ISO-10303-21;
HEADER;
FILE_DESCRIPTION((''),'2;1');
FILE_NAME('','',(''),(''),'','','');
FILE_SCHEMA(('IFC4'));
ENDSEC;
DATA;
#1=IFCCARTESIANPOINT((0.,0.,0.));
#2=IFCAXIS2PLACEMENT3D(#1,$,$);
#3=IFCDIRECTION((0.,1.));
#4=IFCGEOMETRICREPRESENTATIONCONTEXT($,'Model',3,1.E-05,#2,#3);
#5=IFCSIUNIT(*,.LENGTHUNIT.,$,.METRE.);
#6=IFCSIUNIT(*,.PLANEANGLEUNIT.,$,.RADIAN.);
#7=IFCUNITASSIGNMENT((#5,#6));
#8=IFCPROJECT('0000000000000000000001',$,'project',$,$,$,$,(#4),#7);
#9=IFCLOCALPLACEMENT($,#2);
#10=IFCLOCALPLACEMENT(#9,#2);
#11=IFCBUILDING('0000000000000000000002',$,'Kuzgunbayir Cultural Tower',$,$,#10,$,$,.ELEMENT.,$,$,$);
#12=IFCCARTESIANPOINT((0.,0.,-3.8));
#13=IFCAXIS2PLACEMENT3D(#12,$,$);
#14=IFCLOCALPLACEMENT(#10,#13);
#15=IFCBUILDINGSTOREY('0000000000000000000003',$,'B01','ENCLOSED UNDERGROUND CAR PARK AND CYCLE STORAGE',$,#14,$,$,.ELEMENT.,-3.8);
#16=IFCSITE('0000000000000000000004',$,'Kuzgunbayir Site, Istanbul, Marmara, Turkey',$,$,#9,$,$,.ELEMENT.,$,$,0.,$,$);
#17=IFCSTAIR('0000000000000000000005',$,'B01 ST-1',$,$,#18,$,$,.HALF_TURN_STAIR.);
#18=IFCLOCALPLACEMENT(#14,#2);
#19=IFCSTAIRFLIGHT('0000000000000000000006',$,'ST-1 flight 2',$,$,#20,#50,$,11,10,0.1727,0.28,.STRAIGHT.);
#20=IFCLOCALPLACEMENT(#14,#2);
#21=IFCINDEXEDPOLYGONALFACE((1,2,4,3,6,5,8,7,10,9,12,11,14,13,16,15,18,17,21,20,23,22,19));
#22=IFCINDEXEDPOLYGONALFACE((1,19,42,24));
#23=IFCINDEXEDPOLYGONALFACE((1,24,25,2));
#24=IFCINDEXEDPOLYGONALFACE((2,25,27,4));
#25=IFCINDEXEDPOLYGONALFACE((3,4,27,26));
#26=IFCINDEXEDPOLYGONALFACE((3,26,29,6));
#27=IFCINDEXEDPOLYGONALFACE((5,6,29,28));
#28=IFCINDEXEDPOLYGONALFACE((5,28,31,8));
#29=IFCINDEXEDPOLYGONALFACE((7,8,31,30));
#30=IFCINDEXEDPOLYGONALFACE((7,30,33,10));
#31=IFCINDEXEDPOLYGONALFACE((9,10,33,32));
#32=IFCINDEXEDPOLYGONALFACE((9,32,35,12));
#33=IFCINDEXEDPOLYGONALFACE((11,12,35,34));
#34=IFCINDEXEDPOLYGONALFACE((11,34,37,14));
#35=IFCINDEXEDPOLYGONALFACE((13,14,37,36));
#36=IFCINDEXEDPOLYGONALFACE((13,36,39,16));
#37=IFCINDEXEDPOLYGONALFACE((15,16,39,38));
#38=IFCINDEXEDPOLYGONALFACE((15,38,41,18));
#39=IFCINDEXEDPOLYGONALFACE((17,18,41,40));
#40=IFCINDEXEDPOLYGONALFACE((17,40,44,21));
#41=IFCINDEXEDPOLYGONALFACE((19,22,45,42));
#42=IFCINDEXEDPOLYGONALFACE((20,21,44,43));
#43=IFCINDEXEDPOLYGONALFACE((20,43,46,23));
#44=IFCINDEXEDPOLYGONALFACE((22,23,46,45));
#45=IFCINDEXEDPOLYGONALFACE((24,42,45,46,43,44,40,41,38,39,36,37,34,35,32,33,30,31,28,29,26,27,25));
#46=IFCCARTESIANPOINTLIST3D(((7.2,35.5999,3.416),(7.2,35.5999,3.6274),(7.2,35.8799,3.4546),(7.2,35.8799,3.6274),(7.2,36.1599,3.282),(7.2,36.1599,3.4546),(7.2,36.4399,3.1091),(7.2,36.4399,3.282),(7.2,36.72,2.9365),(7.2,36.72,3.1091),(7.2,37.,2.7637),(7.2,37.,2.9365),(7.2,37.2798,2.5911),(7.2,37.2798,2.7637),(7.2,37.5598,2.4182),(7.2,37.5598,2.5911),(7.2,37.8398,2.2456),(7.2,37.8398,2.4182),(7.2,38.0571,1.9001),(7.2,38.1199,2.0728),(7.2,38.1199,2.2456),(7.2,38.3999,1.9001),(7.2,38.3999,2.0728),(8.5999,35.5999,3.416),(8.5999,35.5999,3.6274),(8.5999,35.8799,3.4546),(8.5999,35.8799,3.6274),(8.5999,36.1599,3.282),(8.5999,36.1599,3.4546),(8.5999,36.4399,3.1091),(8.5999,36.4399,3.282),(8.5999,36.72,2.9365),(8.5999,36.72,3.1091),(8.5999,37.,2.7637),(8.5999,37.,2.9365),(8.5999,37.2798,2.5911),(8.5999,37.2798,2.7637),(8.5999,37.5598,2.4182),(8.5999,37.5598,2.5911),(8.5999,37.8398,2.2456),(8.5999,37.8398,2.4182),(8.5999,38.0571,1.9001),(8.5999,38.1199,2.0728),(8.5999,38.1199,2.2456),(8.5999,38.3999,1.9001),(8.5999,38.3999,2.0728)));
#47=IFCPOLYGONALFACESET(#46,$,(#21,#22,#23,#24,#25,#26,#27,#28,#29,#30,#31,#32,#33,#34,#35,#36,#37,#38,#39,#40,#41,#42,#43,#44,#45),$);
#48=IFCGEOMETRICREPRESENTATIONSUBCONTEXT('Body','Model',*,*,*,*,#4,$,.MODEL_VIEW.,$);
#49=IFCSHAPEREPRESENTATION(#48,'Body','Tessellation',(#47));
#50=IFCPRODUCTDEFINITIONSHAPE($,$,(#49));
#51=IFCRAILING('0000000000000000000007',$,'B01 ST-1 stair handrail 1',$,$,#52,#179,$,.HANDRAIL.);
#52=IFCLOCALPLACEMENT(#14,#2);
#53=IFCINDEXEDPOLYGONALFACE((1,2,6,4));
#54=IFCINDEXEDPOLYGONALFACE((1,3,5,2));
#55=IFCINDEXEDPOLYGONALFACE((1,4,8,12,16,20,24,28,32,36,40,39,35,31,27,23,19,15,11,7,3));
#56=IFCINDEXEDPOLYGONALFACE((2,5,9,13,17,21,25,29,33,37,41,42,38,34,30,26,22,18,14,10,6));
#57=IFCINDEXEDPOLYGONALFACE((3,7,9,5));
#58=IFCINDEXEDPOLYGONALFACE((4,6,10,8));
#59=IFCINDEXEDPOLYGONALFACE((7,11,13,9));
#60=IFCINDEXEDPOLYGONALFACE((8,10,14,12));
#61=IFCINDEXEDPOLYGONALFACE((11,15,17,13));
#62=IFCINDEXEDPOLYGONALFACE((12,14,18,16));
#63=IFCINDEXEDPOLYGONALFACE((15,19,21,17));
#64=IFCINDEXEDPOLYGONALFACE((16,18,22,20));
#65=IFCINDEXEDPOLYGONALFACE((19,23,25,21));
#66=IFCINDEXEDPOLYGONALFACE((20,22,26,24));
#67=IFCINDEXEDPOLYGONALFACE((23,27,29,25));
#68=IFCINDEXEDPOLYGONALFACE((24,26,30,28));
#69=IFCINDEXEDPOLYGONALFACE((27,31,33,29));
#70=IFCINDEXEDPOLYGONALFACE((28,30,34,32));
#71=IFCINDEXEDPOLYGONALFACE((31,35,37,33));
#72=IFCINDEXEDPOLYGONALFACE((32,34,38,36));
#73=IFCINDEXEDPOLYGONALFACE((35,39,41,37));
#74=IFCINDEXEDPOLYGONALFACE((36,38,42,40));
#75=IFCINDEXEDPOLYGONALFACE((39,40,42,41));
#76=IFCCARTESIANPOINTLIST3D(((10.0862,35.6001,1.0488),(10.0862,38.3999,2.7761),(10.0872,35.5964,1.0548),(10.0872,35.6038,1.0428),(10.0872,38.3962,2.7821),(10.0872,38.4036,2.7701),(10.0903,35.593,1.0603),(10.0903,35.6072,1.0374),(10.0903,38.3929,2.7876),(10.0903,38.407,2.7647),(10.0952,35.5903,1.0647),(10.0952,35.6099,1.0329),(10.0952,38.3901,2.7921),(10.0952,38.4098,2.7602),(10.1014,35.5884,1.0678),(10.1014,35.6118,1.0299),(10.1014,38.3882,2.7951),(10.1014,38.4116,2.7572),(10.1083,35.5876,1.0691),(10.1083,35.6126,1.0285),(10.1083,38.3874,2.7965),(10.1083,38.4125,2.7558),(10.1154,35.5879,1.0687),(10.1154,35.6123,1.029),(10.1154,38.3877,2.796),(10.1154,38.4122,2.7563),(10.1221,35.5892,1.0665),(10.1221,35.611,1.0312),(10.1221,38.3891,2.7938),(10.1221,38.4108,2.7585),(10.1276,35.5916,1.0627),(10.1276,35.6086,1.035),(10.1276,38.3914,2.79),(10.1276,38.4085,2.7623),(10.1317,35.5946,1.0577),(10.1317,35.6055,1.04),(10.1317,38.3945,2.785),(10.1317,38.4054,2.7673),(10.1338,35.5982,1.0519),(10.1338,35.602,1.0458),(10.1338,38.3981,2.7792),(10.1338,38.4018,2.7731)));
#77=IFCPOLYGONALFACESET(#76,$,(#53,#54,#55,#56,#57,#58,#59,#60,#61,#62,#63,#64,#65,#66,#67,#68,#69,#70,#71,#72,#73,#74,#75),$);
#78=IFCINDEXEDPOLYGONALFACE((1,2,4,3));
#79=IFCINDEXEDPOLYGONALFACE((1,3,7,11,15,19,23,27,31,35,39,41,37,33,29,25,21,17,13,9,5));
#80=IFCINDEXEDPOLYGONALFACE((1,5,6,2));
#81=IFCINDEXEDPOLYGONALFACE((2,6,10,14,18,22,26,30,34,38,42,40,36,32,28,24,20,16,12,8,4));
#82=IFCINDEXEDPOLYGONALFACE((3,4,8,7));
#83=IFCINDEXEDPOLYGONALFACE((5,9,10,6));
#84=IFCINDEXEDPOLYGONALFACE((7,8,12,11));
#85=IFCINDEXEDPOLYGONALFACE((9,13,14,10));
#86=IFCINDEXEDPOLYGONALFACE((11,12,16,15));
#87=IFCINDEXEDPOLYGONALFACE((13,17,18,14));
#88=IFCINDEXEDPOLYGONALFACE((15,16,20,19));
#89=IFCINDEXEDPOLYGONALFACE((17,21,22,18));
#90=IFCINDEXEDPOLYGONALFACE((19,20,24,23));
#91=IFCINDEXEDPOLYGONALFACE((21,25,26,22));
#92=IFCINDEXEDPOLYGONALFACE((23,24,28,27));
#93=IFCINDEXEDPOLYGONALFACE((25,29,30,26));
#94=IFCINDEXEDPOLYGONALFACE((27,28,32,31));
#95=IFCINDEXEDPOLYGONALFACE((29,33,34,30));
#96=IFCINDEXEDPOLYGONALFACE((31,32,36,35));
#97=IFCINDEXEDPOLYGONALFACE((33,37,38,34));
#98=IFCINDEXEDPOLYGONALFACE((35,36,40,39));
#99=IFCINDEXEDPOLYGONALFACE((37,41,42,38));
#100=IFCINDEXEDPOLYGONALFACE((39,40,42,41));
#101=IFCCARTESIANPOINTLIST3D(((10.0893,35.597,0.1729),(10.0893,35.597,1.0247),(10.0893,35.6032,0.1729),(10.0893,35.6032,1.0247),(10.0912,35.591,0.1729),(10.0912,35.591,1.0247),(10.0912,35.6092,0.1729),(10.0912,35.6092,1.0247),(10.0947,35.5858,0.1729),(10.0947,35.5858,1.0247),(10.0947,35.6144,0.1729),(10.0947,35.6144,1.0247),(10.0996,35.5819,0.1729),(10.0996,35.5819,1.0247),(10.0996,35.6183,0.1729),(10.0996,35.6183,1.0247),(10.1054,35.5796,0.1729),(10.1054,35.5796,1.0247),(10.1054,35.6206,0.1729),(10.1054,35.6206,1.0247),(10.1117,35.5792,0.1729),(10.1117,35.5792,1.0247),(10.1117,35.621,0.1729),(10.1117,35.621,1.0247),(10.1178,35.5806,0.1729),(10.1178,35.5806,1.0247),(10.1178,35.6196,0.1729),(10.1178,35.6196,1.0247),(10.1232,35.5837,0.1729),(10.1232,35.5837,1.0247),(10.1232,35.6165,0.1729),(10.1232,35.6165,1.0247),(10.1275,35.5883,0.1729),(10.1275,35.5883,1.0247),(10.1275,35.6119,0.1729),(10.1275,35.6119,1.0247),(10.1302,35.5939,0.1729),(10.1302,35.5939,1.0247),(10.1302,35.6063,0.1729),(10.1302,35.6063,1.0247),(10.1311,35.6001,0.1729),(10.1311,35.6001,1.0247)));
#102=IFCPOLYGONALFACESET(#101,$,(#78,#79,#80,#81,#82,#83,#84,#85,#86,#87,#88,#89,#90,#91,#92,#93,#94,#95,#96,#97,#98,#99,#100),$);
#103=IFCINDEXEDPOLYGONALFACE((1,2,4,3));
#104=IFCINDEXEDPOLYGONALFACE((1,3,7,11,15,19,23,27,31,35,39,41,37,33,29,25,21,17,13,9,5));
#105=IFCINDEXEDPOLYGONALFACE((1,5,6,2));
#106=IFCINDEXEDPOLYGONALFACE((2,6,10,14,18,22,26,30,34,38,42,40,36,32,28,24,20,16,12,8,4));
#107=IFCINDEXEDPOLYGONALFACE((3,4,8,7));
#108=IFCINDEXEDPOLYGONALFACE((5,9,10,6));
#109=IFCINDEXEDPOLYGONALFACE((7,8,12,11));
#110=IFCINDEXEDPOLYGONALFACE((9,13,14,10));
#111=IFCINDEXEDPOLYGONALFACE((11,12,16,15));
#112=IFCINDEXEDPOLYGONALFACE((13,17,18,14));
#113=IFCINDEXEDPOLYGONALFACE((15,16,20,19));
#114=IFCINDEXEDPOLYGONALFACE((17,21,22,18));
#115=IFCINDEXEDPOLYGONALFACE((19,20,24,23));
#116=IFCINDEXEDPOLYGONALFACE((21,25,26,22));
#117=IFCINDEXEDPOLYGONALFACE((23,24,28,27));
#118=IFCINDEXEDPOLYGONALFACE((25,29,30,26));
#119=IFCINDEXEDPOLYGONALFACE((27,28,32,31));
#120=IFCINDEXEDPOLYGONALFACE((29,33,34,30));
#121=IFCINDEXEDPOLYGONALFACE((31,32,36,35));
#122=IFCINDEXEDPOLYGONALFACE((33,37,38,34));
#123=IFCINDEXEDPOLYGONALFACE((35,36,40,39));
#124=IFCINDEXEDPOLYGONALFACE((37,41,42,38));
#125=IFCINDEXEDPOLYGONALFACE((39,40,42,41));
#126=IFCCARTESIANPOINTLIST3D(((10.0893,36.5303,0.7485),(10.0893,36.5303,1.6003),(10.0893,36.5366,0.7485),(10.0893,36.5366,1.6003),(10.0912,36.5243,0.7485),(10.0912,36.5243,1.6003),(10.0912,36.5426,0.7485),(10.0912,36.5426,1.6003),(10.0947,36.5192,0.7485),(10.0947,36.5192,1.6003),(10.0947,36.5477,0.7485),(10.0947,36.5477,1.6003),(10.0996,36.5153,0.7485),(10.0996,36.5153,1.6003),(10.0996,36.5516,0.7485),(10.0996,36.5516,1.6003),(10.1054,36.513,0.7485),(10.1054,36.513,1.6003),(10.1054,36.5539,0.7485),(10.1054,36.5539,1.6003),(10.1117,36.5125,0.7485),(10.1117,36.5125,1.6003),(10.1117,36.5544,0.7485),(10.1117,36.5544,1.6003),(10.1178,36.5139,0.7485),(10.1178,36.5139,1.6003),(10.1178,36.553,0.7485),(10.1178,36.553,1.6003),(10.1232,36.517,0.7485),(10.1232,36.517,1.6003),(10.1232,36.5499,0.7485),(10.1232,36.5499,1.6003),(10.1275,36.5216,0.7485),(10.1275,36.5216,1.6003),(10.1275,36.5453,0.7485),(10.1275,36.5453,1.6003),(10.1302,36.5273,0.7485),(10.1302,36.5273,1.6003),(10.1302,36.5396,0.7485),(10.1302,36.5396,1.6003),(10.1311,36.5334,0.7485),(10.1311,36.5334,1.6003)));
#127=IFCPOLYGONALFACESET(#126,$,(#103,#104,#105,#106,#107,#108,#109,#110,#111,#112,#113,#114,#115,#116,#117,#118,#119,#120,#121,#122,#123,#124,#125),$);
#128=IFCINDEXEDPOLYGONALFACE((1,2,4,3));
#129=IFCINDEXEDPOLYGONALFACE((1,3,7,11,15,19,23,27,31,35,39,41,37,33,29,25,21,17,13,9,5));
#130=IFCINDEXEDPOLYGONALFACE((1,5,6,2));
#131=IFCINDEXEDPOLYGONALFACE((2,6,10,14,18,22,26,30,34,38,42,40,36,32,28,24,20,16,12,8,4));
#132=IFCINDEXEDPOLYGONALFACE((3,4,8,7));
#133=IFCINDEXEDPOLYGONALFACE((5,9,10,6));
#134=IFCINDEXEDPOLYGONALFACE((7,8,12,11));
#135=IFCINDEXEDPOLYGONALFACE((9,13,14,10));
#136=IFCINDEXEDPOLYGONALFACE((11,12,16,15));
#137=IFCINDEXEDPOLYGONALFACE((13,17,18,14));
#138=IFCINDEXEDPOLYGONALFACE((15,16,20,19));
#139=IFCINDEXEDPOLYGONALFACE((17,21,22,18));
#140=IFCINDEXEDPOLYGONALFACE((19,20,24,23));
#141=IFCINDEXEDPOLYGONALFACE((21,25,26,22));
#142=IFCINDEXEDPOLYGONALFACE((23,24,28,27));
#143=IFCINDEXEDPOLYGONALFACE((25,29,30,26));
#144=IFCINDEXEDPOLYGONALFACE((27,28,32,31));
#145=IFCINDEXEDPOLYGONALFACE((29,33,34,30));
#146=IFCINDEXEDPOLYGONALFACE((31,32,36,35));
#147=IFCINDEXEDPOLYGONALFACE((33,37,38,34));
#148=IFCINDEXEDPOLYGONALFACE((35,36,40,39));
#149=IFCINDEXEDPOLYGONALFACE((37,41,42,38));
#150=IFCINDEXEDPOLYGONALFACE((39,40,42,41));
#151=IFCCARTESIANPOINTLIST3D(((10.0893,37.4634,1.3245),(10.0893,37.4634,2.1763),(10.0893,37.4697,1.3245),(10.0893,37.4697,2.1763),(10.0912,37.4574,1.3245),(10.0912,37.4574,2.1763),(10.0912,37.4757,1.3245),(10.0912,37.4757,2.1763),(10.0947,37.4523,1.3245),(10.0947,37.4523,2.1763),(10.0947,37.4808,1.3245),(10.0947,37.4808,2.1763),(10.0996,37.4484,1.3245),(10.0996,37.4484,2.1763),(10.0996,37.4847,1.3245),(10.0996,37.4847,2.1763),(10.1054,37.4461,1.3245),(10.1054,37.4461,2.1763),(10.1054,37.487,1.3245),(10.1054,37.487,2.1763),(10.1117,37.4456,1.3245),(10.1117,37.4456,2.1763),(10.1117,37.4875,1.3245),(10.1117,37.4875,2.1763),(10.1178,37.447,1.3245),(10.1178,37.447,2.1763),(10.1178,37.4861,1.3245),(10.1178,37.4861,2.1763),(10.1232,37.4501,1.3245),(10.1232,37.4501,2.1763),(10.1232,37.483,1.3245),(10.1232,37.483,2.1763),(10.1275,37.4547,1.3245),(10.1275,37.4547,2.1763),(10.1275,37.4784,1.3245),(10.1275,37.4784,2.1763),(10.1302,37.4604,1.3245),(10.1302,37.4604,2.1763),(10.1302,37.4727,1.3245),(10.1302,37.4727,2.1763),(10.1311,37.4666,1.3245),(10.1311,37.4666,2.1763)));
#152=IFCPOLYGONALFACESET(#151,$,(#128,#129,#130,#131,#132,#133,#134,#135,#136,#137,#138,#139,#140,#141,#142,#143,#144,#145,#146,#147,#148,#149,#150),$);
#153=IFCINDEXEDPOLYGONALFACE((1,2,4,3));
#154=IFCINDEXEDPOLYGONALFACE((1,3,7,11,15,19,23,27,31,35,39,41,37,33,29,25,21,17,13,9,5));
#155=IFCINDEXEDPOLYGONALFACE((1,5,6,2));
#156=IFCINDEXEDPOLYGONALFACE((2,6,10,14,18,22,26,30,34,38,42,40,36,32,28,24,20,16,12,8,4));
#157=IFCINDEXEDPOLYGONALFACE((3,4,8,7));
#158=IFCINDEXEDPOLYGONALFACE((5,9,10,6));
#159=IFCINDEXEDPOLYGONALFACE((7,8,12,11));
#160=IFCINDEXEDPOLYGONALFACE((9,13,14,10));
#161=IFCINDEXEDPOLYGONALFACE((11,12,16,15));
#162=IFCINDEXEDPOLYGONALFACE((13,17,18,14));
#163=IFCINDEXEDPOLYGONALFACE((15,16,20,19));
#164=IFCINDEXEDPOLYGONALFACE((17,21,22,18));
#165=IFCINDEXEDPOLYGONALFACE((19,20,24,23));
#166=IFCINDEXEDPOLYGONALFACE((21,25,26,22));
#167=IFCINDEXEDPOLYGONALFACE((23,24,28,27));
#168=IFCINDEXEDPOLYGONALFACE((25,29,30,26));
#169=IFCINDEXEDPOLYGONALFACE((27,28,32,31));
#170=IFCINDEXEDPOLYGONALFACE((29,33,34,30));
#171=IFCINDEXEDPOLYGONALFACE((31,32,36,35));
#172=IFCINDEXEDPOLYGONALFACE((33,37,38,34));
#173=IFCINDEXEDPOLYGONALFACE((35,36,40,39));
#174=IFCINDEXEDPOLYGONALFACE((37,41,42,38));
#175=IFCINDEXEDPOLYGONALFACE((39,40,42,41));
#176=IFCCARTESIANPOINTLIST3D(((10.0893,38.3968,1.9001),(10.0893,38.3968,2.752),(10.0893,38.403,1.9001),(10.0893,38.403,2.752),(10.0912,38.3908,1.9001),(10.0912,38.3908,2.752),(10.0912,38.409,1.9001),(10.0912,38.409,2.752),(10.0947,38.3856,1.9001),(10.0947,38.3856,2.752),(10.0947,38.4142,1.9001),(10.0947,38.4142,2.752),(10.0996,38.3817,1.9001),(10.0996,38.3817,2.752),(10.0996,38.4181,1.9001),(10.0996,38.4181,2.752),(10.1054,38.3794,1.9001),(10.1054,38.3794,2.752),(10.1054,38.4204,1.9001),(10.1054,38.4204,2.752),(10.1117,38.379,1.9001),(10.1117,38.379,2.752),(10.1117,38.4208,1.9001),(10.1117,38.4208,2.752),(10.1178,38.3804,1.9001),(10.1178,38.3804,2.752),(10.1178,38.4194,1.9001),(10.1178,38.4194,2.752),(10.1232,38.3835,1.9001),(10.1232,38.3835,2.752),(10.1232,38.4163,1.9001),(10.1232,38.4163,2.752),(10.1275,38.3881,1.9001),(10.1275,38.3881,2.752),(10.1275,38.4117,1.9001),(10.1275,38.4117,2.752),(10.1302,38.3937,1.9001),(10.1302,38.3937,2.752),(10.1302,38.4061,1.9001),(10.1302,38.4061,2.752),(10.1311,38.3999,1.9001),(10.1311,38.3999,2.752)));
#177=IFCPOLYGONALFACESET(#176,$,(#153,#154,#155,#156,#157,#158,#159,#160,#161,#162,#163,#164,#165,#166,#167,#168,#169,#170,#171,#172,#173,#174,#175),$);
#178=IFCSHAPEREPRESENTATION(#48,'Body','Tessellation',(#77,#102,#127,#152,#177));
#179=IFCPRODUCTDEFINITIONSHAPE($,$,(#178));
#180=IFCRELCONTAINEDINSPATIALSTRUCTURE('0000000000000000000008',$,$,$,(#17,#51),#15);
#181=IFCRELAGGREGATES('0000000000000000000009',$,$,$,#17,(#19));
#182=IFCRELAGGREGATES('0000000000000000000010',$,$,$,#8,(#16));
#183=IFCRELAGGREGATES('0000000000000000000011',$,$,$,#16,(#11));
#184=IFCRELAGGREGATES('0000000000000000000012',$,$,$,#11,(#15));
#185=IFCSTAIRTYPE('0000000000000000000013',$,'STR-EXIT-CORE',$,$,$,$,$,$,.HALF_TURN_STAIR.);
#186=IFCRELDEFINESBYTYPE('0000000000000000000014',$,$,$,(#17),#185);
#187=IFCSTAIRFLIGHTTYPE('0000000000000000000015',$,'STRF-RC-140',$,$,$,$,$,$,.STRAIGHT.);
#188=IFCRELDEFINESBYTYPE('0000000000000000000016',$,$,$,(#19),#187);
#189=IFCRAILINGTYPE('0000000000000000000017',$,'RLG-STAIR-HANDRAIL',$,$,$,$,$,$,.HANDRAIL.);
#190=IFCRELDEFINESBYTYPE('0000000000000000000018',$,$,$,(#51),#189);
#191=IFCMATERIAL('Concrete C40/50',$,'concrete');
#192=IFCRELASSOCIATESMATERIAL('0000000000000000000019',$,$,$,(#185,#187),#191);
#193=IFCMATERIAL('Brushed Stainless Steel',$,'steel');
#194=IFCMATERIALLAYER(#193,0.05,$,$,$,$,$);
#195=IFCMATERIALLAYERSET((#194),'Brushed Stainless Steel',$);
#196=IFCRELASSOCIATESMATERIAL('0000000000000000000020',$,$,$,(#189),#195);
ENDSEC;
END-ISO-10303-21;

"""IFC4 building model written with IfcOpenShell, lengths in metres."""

from ifc_helpers import new_model, si_unit, direction, frame, origin, origin_2d, place, context, subcontext, project, spatial, polyline, circle, outline, extrude, material, layer, layer_set, type_object, element, aggregate, save


model = new_model("IFC4")

# Units and contexts
model_context = context("Model", 3, precision=1e-05, world=origin(), true_north=direction((0.0, 1.0)))
body_context = subcontext(model_context, "Body", "Model", "MODEL_VIEW")
ifc_project = project(units=[si_unit("LENGTHUNIT", "METRE"), si_unit("PLANEANGLEUNIT", "RADIAN")], contexts=[model_context])

# Site, building, storey
site_placement = place(None, origin())
site = spatial("IfcSite", under=ifc_project, at=site_placement, Name="Kuzgunbayir Site, Istanbul, Marmara, Turkey", CompositionType="ELEMENT", RefElevation=0.0)
building_placement = place(site_placement, origin())
building = spatial("IfcBuilding", under=site, at=building_placement, Name="Kuzgunbayir Cultural Tower", CompositionType="ELEMENT")
storey_placement = place(building_placement, frame((0.0, 0.0, -3.8)))
storey = spatial("IfcBuildingStorey", under=building, at=storey_placement, Name="B01", Description="ENCLOSED UNDERGROUND CAR PARK AND CYCLE STORAGE", CompositionType="ELEMENT", Elevation=-3.8)

# Shared definitions
ifc_material_1 = material(Name="Concrete C40/50", Category="concrete")

# Stair, stair flight
stair_type = type_object("IfcStairType", Name="STR-EXIT-CORE", PredefinedType="HALF_TURN_STAIR", material=ifc_material_1)
stair_placement = place(storey_placement, origin())
stair = element("IfcStair", 1, at=stair_placement, inside=storey, type_object=stair_type, Name="B01 ST-1", PredefinedType="HALF_TURN_STAIR")
stair_flight_type = type_object("IfcStairFlightType", Name="STRF-RC-140", PredefinedType="STRAIGHT", material=ifc_material_1)
stair_flight_1_placement = place(storey_placement, frame((7.8999, 38.3999, 1.9001), z_axis=(0.0, 0.0, 1.0), x_axis=(0.0, -1.0, 0.0)))
stair_flight_1 = element("IfcStairFlight", 2, at=stair_flight_1_placement, type_object=stair_flight_type, Name="ST-1 flight 2", NumberOfRisers=11, NumberOfTreads=10, PredefinedType="STRAIGHT", RiserHeight=0.1727, TreadLength=0.28, context=body_context, shape_type="SweptSolid", body=[
    extrude(outline(polyline([(0.0, 0.0), (0.0, 0.1726), (0.28, 0.1726), (0.28, 0.3455), (0.5601, 0.3455), (0.5601, 0.5181), (0.8401, 0.5181), (0.8401, 0.6909), (1.1201, 0.6909), (1.1201, 0.8635), (1.3999, 0.8635), (1.3999, 1.0364), (1.6799, 1.0364), (1.6799, 1.209), (1.96, 1.209), (1.96, 1.3818), (2.24, 1.3818), (2.24, 1.5544), (2.52, 1.5544), (2.52, 1.7273), (2.8, 1.7273), (2.8, 1.8999), (2.8, 1.5159), (0.3428, 0.0), (0.0, 0.0)])), frame((0.0, 0.7, 0.0), z_axis=(0.0, -1.0, 0.0), x_axis=(1.0, 0.0, 0.0)), (0.0, 0.0, 1.0), 1.3999),
])
aggregate(stair, [stair_flight_1])

# Railing
ifc_material_2 = material(Name="Brushed Stainless Steel", Category="steel")
ifc_layer_1 = layer(ifc_material_2, 0.05)
ifc_layer_set_1 = layer_set([ifc_layer_1], Name="Brushed Stainless Steel")
railing_type_1 = type_object("IfcRailingType", Name="RLG-STAIR-HANDRAIL", PredefinedType="HANDRAIL", material=ifc_layer_set_1)
railing_1_placement = place(storey_placement, frame((10.1101, 35.6001, 0.1729)))
element("IfcRailing", 3, at=railing_1_placement, inside=storey, type_object=railing_type_1, Name="B01 ST-1 stair handrail 1", PredefinedType="HANDRAIL", context=body_context, shape_type="SweptSolid", body=[
    extrude(circle(Radius=0.0239, at=origin_2d()), frame((0.0, 0.0, 0.876), z_axis=(0.0, 0.851069, 0.525054), x_axis=(-1.0, 0.0, 0.0)), (0.0, 0.0, 1.0), 3.2898),
    extrude(circle(Radius=0.021, at=origin_2d()), origin(), (0.0, 0.0, 1.0), 0.8518),
    extrude(circle(Radius=0.021, at=origin_2d()), frame((0.0, 0.9333, 0.5757)), (0.0, 0.0, 1.0), 0.8518),
    extrude(circle(Radius=0.021, at=origin_2d()), frame((0.0, 1.8665, 1.1516)), (0.0, 0.0, 1.0), 0.8518),
    extrude(circle(Radius=0.021, at=origin_2d()), frame((0.0, 2.7998, 1.7273)), (0.0, 0.0, 1.0), 0.8518),
])

save(model, "model.ifc")
